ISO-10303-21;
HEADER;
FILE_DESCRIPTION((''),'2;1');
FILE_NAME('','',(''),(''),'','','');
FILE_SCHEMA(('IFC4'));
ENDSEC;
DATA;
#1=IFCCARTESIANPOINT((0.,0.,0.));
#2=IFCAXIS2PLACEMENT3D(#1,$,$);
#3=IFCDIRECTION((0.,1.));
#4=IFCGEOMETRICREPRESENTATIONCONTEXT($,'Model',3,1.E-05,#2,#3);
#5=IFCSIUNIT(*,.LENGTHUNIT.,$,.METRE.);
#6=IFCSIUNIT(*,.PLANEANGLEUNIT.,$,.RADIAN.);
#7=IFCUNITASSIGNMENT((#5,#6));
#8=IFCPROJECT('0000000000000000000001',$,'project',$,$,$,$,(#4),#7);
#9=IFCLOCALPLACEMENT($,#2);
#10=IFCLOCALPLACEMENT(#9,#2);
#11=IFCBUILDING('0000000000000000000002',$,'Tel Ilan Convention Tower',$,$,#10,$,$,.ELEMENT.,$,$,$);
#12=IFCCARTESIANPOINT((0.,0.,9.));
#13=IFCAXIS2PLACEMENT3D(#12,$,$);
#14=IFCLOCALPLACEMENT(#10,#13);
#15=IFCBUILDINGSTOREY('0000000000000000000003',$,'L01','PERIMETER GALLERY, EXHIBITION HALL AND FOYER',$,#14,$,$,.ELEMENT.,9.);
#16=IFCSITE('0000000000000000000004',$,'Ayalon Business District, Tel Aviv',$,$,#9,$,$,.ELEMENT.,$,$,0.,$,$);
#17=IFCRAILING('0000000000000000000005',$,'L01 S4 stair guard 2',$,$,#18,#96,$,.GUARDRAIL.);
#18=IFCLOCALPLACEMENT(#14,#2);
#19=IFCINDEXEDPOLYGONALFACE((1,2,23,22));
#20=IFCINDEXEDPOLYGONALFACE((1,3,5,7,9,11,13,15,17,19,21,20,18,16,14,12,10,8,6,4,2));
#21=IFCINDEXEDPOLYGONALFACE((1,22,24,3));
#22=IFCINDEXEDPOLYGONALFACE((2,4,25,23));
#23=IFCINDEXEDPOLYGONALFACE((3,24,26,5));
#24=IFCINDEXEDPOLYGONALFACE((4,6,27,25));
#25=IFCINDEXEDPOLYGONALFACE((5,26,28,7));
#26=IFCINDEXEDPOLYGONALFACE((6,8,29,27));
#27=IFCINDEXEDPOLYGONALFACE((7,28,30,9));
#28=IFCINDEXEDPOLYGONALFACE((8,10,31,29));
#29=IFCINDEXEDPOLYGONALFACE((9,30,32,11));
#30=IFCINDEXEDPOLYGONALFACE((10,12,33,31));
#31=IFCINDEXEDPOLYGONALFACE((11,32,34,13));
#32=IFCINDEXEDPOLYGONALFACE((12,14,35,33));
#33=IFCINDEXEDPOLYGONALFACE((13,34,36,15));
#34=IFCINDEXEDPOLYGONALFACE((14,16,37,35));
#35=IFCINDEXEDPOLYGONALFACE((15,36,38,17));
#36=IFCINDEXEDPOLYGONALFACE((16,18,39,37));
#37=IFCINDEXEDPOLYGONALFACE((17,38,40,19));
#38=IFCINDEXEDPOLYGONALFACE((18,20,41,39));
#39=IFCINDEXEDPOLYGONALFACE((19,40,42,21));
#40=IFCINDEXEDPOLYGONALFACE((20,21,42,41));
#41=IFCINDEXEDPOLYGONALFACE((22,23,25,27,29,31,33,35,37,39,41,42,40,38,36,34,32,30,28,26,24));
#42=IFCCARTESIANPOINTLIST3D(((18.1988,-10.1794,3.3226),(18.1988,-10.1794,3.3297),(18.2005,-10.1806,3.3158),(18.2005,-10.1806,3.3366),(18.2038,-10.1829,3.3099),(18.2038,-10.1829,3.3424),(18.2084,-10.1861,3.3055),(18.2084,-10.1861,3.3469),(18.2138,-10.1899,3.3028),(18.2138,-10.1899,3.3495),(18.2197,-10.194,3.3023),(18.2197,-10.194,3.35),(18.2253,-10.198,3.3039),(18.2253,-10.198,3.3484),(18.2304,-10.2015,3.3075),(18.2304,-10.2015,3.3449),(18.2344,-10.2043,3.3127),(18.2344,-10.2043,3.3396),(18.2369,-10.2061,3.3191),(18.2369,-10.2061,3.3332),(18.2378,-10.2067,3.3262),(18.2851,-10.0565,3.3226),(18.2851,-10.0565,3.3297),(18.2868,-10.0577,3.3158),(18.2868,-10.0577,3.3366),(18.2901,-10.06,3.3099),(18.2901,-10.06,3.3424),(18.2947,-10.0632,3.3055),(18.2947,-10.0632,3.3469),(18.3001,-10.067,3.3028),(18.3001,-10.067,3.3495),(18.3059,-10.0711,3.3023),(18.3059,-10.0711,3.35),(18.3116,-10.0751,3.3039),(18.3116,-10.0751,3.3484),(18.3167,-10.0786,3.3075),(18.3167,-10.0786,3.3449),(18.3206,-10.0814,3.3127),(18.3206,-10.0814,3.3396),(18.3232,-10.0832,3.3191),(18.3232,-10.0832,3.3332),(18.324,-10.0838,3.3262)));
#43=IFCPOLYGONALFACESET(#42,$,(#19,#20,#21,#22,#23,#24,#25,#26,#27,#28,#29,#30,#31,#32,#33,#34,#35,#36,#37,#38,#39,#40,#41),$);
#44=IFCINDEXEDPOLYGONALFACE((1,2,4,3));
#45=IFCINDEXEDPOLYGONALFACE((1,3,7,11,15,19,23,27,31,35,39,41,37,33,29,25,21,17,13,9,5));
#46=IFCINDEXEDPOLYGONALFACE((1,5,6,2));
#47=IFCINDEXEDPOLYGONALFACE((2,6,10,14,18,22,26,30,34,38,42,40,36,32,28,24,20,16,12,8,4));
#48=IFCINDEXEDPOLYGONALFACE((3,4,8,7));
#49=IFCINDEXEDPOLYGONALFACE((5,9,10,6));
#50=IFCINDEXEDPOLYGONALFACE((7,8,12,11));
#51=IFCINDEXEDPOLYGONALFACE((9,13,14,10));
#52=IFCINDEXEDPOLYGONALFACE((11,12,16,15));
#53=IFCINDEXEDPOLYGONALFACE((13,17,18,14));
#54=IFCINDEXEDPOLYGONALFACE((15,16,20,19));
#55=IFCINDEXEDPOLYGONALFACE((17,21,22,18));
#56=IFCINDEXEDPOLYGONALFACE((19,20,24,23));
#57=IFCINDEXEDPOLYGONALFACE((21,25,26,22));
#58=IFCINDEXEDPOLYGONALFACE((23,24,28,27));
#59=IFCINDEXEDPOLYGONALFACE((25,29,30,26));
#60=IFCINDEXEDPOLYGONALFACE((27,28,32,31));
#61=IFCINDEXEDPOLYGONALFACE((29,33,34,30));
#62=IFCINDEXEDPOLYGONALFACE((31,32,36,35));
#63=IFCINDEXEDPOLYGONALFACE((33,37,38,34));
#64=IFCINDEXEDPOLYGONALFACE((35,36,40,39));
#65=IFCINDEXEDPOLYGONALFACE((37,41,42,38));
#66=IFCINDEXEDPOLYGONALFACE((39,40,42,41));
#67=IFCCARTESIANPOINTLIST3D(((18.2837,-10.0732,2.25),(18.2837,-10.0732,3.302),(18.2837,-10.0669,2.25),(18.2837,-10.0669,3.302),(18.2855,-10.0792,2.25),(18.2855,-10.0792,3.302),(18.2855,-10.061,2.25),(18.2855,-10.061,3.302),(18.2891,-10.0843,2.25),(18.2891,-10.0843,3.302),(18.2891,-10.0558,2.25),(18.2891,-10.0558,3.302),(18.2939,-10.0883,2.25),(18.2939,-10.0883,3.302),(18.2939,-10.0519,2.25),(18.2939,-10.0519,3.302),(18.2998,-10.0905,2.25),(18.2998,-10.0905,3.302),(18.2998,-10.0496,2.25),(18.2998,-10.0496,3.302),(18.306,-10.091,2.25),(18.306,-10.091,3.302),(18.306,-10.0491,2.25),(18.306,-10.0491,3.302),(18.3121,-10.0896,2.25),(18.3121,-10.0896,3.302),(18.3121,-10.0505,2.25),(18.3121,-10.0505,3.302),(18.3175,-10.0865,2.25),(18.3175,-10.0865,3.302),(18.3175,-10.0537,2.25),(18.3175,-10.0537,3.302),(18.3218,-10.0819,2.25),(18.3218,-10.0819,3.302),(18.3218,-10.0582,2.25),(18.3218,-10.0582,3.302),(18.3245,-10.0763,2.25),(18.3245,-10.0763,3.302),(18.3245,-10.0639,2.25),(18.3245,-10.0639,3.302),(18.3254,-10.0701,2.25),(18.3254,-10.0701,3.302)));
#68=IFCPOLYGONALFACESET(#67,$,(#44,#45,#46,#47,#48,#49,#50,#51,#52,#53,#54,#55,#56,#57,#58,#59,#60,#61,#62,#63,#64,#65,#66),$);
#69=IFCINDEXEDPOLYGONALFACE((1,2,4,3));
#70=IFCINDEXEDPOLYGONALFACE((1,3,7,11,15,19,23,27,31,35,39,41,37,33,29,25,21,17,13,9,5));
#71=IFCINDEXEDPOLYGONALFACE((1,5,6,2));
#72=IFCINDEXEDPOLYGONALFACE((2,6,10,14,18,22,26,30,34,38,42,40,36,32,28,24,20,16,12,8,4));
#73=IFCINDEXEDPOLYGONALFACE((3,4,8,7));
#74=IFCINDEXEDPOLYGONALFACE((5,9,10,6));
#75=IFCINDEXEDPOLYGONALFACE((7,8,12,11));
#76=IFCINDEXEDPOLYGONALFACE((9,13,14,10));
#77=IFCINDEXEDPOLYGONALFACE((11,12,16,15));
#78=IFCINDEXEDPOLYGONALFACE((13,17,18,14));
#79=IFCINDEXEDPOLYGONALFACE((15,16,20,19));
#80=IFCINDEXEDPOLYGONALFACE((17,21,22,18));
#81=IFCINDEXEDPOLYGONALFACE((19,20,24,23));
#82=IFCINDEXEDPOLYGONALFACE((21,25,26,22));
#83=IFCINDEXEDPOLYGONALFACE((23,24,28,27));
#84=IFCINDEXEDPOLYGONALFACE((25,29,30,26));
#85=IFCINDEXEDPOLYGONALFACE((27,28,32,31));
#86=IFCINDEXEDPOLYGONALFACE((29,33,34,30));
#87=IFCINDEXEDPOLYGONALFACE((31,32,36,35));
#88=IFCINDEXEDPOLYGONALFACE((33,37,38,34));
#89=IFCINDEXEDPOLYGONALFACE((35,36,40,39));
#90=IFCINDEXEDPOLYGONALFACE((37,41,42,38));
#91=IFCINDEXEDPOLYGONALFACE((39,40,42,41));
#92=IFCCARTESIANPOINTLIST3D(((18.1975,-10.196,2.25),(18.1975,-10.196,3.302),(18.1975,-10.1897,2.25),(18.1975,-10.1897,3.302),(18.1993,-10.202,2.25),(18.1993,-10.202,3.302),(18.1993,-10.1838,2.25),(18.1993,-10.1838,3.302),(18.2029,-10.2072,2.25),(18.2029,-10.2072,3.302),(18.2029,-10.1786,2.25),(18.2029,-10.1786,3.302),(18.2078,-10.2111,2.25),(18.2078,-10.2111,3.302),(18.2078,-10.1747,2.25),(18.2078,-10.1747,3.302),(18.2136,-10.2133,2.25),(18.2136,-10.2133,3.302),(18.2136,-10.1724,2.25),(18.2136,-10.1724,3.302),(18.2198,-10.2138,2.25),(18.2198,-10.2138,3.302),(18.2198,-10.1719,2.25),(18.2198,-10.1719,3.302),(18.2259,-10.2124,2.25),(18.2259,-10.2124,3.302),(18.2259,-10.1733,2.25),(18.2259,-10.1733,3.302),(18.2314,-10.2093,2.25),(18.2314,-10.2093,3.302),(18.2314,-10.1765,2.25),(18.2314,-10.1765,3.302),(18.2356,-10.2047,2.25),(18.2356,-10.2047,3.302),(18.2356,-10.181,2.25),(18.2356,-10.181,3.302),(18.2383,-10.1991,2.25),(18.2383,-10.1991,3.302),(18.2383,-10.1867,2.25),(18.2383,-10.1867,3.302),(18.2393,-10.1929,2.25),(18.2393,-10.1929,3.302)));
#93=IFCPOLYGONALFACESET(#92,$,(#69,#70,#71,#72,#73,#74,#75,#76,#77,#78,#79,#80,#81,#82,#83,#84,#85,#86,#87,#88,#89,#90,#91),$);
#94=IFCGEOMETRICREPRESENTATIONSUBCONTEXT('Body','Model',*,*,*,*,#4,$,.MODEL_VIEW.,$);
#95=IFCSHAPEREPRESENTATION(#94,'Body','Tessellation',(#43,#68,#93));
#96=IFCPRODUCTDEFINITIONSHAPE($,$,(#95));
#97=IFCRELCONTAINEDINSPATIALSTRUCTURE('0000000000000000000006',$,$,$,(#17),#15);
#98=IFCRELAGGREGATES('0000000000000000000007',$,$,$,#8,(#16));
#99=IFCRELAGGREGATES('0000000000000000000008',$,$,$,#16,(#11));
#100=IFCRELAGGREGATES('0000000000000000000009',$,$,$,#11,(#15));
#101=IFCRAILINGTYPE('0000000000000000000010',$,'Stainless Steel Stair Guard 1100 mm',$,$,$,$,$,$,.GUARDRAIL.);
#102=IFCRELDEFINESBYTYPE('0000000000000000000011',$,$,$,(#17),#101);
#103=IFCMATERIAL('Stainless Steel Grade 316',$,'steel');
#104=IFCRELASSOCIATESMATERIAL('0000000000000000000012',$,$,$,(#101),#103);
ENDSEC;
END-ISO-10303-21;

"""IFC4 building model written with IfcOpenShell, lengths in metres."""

from ifc_helpers import new_model, si_unit, direction, frame, origin, origin_2d, place, context, subcontext, project, spatial, circle, extrude, material, type_object, element, save


model = new_model("IFC4")

# Units and contexts
model_context = context("Model", 3, precision=1e-05, world=origin(), true_north=direction((0.0, 1.0)))
body_context = subcontext(model_context, "Body", "Model", "MODEL_VIEW")
ifc_project = project(units=[si_unit("LENGTHUNIT", "METRE"), si_unit("PLANEANGLEUNIT", "RADIAN")], contexts=[model_context])

# Site, building, storey
site_placement = place(None, origin())
site = spatial("IfcSite", under=ifc_project, at=site_placement, Name="Ayalon Business District, Tel Aviv", CompositionType="ELEMENT", RefElevation=0.0)
building_placement = place(site_placement, origin())
building = spatial("IfcBuilding", under=site, at=building_placement, Name="Tel Ilan Convention Tower", CompositionType="ELEMENT")
storey_placement = place(building_placement, frame((0.0, 0.0, 9.0)))
storey = spatial("IfcBuildingStorey", under=building, at=storey_placement, Name="L01", Description="PERIMETER GALLERY, EXHIBITION HALL AND FOYER", CompositionType="ELEMENT", Elevation=9.0)

# Railing
ifc_material_1 = material(Name="Stainless Steel Grade 316", Category="steel")
railing_type_1 = type_object("IfcRailingType", Name="Stainless Steel Stair Guard 1100 mm", PredefinedType="GUARDRAIL", material=ifc_material_1)
railing_1_placement = place(storey_placement, frame((18.3044, -10.0701, 2.25)))
element("IfcRailing", 1, at=railing_1_placement, inside=storey, type_object=railing_type_1, Name="L01 S4 stair guard 2", PredefinedType="GUARDRAIL", context=body_context, shape_type="SweptSolid", body=[
    extrude(circle(Radius=0.0239, at=origin_2d()), frame((0.0, 0.0, 1.0762), z_axis=(-0.574445, -0.818543, 0.0), x_axis=(0.818543, -0.574445, 0.0)), (0.0, 0.0, 1.0), 0.1501),
    extrude(circle(Radius=0.021, at=origin_2d()), origin(), (0.0, 0.0, 1.0), 1.052),
    extrude(circle(Radius=0.021, at=origin_2d()), frame((-0.0862, -0.1228, 0.0)), (0.0, 0.0, 1.0), 1.052),
])

save(model, "model.ifc")
